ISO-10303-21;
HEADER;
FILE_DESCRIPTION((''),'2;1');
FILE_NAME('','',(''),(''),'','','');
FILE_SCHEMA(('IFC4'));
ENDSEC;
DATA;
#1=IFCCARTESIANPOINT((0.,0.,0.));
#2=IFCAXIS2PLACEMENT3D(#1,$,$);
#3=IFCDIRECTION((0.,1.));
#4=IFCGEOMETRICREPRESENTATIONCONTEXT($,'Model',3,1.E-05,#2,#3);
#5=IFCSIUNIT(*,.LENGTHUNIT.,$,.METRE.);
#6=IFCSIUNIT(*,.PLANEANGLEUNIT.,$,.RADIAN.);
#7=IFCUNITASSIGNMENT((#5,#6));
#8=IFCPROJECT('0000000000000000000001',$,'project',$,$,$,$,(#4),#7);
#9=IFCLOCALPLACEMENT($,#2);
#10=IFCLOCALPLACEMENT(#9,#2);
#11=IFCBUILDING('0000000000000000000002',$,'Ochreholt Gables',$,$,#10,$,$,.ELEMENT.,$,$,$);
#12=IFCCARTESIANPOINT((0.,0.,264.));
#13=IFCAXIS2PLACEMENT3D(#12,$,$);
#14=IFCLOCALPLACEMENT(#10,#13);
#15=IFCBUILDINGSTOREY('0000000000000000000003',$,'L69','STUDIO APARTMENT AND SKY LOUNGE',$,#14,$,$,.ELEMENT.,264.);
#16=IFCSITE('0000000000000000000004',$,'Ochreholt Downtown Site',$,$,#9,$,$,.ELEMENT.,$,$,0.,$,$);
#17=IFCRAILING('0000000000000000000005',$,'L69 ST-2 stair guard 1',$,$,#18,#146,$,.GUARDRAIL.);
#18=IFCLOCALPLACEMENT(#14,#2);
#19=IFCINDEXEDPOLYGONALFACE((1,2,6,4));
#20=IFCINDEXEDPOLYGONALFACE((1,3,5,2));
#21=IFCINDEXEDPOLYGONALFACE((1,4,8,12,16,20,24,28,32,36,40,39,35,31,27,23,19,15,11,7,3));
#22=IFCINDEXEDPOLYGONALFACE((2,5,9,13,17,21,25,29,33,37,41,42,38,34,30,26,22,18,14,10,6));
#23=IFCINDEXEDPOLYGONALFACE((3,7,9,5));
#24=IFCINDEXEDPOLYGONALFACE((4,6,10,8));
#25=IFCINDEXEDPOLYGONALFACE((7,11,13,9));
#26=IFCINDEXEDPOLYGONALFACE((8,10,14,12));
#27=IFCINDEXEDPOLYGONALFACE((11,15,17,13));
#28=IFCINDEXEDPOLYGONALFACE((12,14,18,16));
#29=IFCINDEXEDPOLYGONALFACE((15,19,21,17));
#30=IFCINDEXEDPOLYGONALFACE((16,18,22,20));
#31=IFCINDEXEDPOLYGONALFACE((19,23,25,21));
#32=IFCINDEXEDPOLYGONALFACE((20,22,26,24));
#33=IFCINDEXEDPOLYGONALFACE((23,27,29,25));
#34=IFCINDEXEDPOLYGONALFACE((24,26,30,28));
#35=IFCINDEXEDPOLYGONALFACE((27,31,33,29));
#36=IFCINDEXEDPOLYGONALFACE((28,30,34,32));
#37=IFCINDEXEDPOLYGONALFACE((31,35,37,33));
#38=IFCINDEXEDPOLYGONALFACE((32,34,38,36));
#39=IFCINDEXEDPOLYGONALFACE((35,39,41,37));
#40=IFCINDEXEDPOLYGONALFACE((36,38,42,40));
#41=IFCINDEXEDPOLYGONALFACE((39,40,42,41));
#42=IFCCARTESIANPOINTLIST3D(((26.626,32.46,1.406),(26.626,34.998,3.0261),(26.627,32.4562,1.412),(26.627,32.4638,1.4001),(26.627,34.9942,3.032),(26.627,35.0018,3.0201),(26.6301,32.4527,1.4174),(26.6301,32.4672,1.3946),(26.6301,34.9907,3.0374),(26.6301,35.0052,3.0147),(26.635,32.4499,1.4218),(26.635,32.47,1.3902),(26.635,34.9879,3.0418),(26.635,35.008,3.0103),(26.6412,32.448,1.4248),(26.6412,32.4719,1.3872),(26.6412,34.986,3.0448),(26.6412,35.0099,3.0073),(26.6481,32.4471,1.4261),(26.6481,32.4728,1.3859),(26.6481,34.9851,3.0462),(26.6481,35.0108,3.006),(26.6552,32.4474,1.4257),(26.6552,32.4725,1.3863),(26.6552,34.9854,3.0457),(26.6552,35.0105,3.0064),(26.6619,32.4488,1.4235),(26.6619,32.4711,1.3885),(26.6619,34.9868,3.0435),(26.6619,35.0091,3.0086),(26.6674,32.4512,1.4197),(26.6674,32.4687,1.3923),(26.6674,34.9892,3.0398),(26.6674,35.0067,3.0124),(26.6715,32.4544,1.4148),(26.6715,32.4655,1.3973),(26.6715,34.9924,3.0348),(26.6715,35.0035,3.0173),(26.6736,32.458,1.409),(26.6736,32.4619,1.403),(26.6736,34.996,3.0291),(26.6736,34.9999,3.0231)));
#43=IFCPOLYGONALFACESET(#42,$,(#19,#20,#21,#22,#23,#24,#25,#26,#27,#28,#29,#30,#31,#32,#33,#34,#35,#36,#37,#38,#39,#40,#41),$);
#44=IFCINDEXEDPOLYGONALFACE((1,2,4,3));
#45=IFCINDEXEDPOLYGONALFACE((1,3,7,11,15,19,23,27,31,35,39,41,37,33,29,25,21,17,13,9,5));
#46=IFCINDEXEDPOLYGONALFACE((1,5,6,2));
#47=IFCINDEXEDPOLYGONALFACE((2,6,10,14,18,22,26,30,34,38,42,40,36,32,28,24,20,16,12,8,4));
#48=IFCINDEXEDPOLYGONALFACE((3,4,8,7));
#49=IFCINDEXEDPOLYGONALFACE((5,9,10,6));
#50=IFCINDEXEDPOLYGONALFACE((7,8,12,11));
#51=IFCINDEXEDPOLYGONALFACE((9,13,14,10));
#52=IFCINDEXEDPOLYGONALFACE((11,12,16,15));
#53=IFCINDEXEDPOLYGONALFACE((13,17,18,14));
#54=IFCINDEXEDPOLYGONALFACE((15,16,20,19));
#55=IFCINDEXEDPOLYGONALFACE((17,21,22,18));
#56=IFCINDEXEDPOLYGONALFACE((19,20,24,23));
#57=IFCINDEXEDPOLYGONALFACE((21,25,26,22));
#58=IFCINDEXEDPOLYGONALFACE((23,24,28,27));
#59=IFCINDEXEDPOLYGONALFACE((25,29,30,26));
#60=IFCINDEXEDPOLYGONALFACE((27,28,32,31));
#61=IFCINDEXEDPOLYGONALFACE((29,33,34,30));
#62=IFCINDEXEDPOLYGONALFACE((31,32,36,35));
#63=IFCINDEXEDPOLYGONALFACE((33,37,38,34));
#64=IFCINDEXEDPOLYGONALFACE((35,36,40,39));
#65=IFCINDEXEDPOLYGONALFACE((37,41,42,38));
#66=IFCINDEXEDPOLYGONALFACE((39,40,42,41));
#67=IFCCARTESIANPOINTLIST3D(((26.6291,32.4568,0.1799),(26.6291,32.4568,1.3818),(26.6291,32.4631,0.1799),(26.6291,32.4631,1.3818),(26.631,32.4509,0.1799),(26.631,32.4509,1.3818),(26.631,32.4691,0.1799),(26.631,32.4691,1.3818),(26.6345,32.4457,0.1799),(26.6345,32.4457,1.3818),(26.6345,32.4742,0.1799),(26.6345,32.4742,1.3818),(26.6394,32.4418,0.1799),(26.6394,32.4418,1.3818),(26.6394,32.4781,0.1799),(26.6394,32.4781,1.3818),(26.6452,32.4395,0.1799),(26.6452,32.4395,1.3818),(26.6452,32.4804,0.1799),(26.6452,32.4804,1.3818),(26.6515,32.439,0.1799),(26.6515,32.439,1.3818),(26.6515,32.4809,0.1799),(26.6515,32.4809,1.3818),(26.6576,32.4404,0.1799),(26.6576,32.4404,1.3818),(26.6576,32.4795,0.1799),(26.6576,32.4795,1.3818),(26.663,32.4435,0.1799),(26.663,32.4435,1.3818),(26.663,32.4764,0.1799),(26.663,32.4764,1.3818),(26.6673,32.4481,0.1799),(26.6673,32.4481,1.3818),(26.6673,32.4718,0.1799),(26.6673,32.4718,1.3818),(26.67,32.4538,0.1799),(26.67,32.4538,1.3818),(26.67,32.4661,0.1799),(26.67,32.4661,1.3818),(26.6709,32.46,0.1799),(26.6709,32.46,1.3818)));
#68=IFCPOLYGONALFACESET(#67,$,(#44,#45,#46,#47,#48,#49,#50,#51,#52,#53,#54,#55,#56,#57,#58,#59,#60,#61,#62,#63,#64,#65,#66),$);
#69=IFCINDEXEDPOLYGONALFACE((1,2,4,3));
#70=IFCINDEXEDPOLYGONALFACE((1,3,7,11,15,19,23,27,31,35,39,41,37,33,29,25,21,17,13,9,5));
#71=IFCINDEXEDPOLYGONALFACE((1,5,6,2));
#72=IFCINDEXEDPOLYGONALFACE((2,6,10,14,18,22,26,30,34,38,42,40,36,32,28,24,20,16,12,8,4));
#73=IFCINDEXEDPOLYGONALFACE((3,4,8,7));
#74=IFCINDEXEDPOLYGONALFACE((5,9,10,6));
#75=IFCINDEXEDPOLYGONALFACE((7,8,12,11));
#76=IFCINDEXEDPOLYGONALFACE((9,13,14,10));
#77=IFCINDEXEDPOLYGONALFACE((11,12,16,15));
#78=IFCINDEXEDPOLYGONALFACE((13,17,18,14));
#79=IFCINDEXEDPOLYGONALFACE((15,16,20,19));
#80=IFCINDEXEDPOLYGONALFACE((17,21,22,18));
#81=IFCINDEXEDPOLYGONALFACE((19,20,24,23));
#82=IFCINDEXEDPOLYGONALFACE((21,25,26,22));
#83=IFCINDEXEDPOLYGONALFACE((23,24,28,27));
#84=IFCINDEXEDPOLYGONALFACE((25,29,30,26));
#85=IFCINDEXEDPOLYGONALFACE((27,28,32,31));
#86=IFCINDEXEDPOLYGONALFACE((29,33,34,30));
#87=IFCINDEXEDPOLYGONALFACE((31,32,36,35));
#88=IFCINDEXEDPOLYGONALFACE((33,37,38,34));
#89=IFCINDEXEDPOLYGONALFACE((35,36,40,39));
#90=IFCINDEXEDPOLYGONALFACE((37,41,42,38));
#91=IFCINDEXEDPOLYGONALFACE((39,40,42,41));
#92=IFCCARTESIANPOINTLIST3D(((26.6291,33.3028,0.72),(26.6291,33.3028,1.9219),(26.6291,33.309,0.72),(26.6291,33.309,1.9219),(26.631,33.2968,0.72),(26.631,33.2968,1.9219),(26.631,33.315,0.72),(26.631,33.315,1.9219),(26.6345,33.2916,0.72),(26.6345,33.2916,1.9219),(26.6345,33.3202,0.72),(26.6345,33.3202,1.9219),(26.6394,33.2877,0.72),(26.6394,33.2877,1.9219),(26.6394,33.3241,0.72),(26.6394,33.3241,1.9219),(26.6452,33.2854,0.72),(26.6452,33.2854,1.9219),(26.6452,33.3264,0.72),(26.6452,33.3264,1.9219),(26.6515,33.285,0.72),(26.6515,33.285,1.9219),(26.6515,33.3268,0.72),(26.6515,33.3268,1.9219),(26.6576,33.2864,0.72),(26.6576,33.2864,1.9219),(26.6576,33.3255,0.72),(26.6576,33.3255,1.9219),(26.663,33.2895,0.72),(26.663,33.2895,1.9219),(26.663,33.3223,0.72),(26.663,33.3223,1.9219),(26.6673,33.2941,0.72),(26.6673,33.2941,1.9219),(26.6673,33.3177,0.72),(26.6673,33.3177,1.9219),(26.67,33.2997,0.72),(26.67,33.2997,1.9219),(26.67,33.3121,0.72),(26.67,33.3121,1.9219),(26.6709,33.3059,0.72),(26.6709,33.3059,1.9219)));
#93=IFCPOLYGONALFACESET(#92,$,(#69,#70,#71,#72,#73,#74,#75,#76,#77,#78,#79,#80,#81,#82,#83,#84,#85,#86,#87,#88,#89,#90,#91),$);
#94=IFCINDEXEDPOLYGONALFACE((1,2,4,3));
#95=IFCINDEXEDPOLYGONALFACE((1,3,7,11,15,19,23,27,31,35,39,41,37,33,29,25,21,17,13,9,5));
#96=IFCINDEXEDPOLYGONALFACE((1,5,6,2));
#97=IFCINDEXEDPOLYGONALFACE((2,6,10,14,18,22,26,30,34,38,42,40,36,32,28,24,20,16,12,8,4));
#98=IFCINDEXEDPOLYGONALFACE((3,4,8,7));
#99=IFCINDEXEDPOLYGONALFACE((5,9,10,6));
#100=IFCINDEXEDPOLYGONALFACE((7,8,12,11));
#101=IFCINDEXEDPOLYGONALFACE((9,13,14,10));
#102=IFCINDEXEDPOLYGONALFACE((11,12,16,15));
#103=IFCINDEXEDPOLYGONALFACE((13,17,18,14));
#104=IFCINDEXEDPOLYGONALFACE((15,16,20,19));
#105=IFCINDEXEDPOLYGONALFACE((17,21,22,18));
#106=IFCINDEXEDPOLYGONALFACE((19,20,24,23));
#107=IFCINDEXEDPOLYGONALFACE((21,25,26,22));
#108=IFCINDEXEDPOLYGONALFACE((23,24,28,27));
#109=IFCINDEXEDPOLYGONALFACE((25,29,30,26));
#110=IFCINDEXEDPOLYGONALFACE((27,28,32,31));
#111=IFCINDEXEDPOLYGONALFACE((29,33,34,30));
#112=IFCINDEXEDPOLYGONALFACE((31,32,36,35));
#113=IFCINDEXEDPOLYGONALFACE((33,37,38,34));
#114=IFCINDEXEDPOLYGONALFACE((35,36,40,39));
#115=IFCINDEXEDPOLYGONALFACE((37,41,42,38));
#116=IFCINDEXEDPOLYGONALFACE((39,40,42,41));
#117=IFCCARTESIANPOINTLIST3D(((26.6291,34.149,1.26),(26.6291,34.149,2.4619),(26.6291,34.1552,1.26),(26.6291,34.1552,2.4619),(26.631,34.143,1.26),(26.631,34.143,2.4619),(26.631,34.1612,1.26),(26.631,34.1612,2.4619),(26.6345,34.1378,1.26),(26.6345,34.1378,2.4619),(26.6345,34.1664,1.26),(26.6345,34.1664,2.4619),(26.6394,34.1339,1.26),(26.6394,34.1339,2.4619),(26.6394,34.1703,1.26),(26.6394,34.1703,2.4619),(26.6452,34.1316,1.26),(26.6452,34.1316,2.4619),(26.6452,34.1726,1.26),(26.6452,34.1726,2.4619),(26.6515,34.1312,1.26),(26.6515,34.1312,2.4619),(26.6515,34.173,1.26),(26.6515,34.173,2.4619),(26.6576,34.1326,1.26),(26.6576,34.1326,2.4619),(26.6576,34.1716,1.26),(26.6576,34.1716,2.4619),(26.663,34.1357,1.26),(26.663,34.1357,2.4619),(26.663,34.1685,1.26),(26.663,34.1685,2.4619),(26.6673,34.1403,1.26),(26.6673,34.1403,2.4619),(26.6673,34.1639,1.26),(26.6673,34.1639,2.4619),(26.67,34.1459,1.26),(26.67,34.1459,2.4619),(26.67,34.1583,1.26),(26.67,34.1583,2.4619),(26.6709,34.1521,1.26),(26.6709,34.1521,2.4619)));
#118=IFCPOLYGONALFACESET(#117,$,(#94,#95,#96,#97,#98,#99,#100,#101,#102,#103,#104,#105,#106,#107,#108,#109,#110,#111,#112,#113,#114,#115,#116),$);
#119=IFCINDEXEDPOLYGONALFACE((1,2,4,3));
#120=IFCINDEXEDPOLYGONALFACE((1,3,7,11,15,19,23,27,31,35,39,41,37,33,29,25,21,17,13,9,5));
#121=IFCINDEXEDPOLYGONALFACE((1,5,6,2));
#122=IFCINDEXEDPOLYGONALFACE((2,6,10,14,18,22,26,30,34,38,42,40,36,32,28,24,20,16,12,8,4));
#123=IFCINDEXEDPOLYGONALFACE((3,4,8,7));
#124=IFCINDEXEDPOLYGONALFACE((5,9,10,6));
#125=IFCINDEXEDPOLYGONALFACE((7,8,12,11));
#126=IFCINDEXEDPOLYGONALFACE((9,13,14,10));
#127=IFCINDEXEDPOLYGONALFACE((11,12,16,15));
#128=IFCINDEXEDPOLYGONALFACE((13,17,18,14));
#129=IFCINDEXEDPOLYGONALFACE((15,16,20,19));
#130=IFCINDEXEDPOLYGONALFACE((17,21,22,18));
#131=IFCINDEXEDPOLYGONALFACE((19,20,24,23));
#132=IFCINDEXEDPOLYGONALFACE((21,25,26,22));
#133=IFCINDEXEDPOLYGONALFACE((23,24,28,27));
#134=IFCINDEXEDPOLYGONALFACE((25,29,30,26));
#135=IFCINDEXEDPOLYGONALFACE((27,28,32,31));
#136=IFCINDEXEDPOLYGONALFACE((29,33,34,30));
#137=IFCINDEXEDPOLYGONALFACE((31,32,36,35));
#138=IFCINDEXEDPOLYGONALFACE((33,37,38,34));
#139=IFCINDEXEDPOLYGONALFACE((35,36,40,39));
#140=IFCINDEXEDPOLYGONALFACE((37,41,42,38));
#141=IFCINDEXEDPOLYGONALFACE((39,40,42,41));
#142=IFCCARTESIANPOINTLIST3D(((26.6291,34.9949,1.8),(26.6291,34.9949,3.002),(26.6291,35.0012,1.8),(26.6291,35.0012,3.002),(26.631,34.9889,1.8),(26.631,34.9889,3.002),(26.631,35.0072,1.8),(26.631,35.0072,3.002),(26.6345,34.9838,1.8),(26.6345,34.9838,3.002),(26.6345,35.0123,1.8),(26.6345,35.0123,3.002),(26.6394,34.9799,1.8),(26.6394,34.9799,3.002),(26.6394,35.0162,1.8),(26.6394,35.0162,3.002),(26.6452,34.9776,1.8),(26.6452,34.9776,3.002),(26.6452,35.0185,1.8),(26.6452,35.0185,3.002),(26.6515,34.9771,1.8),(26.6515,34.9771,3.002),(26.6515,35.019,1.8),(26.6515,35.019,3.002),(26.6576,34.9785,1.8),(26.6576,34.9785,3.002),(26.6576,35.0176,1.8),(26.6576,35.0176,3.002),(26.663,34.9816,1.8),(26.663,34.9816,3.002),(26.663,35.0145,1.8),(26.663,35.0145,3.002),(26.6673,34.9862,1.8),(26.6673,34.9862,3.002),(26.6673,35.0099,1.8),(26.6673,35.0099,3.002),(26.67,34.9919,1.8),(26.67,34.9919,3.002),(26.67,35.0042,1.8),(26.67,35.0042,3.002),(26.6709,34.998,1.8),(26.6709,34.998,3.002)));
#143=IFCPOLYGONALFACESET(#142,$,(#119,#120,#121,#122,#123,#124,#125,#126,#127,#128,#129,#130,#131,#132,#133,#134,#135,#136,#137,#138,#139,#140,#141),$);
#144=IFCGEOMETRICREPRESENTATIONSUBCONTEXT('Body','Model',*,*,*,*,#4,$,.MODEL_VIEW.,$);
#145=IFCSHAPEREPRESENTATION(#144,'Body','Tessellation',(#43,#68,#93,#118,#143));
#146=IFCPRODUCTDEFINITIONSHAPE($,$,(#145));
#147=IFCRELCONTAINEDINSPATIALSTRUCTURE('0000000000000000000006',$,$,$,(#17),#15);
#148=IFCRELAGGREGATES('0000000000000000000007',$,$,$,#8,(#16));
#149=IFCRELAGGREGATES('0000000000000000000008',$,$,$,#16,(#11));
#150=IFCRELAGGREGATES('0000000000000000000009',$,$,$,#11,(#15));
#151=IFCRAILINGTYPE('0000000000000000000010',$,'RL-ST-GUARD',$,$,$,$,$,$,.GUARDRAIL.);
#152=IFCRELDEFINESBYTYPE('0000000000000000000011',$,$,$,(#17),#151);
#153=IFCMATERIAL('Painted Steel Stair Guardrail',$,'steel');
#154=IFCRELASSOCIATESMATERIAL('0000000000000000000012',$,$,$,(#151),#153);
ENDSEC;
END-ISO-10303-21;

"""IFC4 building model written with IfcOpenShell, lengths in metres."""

from ifc_helpers import new_model, si_unit, direction, frame, origin, origin_2d, place, context, subcontext, project, spatial, circle, extrude, material, type_object, element, save


model = new_model("IFC4")

# Units and contexts
model_context = context("Model", 3, precision=1e-05, world=origin(), true_north=direction((0.0, 1.0)))
body_context = subcontext(model_context, "Body", "Model", "MODEL_VIEW")
ifc_project = project(units=[si_unit("LENGTHUNIT", "METRE"), si_unit("PLANEANGLEUNIT", "RADIAN")], contexts=[model_context])

# Site, building, storey
site_placement = place(None, origin())
site = spatial("IfcSite", under=ifc_project, at=site_placement, Name="Ochreholt Downtown Site", CompositionType="ELEMENT", RefElevation=0.0)
building_placement = place(site_placement, origin())
building = spatial("IfcBuilding", under=site, at=building_placement, Name="Ochreholt Gables", CompositionType="ELEMENT")
storey_placement = place(building_placement, frame((0.0, 0.0, 264.0)))
storey = spatial("IfcBuildingStorey", under=building, at=storey_placement, Name="L69", Description="STUDIO APARTMENT AND SKY LOUNGE", CompositionType="ELEMENT", Elevation=264.0)

# Railing
ifc_material_1 = material(Name="Painted Steel Stair Guardrail", Category="steel")
railing_type_1 = type_object("IfcRailingType", Name="RL-ST-GUARD", PredefinedType="GUARDRAIL", material=ifc_material_1)
railing_1_placement = place(storey_placement, frame((26.6499, 32.46, 0.1799)))
element("IfcRailing", 1, at=railing_1_placement, inside=storey, type_object=railing_type_1, Name="L69 ST-2 stair guard 1", PredefinedType="GUARDRAIL", context=body_context, shape_type="SweptSolid", body=[
    extrude(circle(Radius=0.0239, at=origin_2d()), frame((0.0, 0.0, 1.2261), z_axis=(0.0, 0.842913, 0.53805), x_axis=(-1.0, 0.0, 0.0)), (0.0, 0.0, 1.0), 3.011),
    extrude(circle(Radius=0.021, at=origin_2d()), origin(), (0.0, 0.0, 1.0), 1.2019),
    extrude(circle(Radius=0.021, at=origin_2d()), frame((0.0, 0.8459, 0.54)), (0.0, 0.0, 1.0), 1.2019),
    extrude(circle(Radius=0.021, at=origin_2d()), frame((0.0, 1.6921, 1.0801)), (0.0, 0.0, 1.0), 1.2019),
    extrude(circle(Radius=0.021, at=origin_2d()), frame((0.0, 2.5381, 1.6201)), (0.0, 0.0, 1.0), 1.2019),
])

save(model, "model.ifc")
